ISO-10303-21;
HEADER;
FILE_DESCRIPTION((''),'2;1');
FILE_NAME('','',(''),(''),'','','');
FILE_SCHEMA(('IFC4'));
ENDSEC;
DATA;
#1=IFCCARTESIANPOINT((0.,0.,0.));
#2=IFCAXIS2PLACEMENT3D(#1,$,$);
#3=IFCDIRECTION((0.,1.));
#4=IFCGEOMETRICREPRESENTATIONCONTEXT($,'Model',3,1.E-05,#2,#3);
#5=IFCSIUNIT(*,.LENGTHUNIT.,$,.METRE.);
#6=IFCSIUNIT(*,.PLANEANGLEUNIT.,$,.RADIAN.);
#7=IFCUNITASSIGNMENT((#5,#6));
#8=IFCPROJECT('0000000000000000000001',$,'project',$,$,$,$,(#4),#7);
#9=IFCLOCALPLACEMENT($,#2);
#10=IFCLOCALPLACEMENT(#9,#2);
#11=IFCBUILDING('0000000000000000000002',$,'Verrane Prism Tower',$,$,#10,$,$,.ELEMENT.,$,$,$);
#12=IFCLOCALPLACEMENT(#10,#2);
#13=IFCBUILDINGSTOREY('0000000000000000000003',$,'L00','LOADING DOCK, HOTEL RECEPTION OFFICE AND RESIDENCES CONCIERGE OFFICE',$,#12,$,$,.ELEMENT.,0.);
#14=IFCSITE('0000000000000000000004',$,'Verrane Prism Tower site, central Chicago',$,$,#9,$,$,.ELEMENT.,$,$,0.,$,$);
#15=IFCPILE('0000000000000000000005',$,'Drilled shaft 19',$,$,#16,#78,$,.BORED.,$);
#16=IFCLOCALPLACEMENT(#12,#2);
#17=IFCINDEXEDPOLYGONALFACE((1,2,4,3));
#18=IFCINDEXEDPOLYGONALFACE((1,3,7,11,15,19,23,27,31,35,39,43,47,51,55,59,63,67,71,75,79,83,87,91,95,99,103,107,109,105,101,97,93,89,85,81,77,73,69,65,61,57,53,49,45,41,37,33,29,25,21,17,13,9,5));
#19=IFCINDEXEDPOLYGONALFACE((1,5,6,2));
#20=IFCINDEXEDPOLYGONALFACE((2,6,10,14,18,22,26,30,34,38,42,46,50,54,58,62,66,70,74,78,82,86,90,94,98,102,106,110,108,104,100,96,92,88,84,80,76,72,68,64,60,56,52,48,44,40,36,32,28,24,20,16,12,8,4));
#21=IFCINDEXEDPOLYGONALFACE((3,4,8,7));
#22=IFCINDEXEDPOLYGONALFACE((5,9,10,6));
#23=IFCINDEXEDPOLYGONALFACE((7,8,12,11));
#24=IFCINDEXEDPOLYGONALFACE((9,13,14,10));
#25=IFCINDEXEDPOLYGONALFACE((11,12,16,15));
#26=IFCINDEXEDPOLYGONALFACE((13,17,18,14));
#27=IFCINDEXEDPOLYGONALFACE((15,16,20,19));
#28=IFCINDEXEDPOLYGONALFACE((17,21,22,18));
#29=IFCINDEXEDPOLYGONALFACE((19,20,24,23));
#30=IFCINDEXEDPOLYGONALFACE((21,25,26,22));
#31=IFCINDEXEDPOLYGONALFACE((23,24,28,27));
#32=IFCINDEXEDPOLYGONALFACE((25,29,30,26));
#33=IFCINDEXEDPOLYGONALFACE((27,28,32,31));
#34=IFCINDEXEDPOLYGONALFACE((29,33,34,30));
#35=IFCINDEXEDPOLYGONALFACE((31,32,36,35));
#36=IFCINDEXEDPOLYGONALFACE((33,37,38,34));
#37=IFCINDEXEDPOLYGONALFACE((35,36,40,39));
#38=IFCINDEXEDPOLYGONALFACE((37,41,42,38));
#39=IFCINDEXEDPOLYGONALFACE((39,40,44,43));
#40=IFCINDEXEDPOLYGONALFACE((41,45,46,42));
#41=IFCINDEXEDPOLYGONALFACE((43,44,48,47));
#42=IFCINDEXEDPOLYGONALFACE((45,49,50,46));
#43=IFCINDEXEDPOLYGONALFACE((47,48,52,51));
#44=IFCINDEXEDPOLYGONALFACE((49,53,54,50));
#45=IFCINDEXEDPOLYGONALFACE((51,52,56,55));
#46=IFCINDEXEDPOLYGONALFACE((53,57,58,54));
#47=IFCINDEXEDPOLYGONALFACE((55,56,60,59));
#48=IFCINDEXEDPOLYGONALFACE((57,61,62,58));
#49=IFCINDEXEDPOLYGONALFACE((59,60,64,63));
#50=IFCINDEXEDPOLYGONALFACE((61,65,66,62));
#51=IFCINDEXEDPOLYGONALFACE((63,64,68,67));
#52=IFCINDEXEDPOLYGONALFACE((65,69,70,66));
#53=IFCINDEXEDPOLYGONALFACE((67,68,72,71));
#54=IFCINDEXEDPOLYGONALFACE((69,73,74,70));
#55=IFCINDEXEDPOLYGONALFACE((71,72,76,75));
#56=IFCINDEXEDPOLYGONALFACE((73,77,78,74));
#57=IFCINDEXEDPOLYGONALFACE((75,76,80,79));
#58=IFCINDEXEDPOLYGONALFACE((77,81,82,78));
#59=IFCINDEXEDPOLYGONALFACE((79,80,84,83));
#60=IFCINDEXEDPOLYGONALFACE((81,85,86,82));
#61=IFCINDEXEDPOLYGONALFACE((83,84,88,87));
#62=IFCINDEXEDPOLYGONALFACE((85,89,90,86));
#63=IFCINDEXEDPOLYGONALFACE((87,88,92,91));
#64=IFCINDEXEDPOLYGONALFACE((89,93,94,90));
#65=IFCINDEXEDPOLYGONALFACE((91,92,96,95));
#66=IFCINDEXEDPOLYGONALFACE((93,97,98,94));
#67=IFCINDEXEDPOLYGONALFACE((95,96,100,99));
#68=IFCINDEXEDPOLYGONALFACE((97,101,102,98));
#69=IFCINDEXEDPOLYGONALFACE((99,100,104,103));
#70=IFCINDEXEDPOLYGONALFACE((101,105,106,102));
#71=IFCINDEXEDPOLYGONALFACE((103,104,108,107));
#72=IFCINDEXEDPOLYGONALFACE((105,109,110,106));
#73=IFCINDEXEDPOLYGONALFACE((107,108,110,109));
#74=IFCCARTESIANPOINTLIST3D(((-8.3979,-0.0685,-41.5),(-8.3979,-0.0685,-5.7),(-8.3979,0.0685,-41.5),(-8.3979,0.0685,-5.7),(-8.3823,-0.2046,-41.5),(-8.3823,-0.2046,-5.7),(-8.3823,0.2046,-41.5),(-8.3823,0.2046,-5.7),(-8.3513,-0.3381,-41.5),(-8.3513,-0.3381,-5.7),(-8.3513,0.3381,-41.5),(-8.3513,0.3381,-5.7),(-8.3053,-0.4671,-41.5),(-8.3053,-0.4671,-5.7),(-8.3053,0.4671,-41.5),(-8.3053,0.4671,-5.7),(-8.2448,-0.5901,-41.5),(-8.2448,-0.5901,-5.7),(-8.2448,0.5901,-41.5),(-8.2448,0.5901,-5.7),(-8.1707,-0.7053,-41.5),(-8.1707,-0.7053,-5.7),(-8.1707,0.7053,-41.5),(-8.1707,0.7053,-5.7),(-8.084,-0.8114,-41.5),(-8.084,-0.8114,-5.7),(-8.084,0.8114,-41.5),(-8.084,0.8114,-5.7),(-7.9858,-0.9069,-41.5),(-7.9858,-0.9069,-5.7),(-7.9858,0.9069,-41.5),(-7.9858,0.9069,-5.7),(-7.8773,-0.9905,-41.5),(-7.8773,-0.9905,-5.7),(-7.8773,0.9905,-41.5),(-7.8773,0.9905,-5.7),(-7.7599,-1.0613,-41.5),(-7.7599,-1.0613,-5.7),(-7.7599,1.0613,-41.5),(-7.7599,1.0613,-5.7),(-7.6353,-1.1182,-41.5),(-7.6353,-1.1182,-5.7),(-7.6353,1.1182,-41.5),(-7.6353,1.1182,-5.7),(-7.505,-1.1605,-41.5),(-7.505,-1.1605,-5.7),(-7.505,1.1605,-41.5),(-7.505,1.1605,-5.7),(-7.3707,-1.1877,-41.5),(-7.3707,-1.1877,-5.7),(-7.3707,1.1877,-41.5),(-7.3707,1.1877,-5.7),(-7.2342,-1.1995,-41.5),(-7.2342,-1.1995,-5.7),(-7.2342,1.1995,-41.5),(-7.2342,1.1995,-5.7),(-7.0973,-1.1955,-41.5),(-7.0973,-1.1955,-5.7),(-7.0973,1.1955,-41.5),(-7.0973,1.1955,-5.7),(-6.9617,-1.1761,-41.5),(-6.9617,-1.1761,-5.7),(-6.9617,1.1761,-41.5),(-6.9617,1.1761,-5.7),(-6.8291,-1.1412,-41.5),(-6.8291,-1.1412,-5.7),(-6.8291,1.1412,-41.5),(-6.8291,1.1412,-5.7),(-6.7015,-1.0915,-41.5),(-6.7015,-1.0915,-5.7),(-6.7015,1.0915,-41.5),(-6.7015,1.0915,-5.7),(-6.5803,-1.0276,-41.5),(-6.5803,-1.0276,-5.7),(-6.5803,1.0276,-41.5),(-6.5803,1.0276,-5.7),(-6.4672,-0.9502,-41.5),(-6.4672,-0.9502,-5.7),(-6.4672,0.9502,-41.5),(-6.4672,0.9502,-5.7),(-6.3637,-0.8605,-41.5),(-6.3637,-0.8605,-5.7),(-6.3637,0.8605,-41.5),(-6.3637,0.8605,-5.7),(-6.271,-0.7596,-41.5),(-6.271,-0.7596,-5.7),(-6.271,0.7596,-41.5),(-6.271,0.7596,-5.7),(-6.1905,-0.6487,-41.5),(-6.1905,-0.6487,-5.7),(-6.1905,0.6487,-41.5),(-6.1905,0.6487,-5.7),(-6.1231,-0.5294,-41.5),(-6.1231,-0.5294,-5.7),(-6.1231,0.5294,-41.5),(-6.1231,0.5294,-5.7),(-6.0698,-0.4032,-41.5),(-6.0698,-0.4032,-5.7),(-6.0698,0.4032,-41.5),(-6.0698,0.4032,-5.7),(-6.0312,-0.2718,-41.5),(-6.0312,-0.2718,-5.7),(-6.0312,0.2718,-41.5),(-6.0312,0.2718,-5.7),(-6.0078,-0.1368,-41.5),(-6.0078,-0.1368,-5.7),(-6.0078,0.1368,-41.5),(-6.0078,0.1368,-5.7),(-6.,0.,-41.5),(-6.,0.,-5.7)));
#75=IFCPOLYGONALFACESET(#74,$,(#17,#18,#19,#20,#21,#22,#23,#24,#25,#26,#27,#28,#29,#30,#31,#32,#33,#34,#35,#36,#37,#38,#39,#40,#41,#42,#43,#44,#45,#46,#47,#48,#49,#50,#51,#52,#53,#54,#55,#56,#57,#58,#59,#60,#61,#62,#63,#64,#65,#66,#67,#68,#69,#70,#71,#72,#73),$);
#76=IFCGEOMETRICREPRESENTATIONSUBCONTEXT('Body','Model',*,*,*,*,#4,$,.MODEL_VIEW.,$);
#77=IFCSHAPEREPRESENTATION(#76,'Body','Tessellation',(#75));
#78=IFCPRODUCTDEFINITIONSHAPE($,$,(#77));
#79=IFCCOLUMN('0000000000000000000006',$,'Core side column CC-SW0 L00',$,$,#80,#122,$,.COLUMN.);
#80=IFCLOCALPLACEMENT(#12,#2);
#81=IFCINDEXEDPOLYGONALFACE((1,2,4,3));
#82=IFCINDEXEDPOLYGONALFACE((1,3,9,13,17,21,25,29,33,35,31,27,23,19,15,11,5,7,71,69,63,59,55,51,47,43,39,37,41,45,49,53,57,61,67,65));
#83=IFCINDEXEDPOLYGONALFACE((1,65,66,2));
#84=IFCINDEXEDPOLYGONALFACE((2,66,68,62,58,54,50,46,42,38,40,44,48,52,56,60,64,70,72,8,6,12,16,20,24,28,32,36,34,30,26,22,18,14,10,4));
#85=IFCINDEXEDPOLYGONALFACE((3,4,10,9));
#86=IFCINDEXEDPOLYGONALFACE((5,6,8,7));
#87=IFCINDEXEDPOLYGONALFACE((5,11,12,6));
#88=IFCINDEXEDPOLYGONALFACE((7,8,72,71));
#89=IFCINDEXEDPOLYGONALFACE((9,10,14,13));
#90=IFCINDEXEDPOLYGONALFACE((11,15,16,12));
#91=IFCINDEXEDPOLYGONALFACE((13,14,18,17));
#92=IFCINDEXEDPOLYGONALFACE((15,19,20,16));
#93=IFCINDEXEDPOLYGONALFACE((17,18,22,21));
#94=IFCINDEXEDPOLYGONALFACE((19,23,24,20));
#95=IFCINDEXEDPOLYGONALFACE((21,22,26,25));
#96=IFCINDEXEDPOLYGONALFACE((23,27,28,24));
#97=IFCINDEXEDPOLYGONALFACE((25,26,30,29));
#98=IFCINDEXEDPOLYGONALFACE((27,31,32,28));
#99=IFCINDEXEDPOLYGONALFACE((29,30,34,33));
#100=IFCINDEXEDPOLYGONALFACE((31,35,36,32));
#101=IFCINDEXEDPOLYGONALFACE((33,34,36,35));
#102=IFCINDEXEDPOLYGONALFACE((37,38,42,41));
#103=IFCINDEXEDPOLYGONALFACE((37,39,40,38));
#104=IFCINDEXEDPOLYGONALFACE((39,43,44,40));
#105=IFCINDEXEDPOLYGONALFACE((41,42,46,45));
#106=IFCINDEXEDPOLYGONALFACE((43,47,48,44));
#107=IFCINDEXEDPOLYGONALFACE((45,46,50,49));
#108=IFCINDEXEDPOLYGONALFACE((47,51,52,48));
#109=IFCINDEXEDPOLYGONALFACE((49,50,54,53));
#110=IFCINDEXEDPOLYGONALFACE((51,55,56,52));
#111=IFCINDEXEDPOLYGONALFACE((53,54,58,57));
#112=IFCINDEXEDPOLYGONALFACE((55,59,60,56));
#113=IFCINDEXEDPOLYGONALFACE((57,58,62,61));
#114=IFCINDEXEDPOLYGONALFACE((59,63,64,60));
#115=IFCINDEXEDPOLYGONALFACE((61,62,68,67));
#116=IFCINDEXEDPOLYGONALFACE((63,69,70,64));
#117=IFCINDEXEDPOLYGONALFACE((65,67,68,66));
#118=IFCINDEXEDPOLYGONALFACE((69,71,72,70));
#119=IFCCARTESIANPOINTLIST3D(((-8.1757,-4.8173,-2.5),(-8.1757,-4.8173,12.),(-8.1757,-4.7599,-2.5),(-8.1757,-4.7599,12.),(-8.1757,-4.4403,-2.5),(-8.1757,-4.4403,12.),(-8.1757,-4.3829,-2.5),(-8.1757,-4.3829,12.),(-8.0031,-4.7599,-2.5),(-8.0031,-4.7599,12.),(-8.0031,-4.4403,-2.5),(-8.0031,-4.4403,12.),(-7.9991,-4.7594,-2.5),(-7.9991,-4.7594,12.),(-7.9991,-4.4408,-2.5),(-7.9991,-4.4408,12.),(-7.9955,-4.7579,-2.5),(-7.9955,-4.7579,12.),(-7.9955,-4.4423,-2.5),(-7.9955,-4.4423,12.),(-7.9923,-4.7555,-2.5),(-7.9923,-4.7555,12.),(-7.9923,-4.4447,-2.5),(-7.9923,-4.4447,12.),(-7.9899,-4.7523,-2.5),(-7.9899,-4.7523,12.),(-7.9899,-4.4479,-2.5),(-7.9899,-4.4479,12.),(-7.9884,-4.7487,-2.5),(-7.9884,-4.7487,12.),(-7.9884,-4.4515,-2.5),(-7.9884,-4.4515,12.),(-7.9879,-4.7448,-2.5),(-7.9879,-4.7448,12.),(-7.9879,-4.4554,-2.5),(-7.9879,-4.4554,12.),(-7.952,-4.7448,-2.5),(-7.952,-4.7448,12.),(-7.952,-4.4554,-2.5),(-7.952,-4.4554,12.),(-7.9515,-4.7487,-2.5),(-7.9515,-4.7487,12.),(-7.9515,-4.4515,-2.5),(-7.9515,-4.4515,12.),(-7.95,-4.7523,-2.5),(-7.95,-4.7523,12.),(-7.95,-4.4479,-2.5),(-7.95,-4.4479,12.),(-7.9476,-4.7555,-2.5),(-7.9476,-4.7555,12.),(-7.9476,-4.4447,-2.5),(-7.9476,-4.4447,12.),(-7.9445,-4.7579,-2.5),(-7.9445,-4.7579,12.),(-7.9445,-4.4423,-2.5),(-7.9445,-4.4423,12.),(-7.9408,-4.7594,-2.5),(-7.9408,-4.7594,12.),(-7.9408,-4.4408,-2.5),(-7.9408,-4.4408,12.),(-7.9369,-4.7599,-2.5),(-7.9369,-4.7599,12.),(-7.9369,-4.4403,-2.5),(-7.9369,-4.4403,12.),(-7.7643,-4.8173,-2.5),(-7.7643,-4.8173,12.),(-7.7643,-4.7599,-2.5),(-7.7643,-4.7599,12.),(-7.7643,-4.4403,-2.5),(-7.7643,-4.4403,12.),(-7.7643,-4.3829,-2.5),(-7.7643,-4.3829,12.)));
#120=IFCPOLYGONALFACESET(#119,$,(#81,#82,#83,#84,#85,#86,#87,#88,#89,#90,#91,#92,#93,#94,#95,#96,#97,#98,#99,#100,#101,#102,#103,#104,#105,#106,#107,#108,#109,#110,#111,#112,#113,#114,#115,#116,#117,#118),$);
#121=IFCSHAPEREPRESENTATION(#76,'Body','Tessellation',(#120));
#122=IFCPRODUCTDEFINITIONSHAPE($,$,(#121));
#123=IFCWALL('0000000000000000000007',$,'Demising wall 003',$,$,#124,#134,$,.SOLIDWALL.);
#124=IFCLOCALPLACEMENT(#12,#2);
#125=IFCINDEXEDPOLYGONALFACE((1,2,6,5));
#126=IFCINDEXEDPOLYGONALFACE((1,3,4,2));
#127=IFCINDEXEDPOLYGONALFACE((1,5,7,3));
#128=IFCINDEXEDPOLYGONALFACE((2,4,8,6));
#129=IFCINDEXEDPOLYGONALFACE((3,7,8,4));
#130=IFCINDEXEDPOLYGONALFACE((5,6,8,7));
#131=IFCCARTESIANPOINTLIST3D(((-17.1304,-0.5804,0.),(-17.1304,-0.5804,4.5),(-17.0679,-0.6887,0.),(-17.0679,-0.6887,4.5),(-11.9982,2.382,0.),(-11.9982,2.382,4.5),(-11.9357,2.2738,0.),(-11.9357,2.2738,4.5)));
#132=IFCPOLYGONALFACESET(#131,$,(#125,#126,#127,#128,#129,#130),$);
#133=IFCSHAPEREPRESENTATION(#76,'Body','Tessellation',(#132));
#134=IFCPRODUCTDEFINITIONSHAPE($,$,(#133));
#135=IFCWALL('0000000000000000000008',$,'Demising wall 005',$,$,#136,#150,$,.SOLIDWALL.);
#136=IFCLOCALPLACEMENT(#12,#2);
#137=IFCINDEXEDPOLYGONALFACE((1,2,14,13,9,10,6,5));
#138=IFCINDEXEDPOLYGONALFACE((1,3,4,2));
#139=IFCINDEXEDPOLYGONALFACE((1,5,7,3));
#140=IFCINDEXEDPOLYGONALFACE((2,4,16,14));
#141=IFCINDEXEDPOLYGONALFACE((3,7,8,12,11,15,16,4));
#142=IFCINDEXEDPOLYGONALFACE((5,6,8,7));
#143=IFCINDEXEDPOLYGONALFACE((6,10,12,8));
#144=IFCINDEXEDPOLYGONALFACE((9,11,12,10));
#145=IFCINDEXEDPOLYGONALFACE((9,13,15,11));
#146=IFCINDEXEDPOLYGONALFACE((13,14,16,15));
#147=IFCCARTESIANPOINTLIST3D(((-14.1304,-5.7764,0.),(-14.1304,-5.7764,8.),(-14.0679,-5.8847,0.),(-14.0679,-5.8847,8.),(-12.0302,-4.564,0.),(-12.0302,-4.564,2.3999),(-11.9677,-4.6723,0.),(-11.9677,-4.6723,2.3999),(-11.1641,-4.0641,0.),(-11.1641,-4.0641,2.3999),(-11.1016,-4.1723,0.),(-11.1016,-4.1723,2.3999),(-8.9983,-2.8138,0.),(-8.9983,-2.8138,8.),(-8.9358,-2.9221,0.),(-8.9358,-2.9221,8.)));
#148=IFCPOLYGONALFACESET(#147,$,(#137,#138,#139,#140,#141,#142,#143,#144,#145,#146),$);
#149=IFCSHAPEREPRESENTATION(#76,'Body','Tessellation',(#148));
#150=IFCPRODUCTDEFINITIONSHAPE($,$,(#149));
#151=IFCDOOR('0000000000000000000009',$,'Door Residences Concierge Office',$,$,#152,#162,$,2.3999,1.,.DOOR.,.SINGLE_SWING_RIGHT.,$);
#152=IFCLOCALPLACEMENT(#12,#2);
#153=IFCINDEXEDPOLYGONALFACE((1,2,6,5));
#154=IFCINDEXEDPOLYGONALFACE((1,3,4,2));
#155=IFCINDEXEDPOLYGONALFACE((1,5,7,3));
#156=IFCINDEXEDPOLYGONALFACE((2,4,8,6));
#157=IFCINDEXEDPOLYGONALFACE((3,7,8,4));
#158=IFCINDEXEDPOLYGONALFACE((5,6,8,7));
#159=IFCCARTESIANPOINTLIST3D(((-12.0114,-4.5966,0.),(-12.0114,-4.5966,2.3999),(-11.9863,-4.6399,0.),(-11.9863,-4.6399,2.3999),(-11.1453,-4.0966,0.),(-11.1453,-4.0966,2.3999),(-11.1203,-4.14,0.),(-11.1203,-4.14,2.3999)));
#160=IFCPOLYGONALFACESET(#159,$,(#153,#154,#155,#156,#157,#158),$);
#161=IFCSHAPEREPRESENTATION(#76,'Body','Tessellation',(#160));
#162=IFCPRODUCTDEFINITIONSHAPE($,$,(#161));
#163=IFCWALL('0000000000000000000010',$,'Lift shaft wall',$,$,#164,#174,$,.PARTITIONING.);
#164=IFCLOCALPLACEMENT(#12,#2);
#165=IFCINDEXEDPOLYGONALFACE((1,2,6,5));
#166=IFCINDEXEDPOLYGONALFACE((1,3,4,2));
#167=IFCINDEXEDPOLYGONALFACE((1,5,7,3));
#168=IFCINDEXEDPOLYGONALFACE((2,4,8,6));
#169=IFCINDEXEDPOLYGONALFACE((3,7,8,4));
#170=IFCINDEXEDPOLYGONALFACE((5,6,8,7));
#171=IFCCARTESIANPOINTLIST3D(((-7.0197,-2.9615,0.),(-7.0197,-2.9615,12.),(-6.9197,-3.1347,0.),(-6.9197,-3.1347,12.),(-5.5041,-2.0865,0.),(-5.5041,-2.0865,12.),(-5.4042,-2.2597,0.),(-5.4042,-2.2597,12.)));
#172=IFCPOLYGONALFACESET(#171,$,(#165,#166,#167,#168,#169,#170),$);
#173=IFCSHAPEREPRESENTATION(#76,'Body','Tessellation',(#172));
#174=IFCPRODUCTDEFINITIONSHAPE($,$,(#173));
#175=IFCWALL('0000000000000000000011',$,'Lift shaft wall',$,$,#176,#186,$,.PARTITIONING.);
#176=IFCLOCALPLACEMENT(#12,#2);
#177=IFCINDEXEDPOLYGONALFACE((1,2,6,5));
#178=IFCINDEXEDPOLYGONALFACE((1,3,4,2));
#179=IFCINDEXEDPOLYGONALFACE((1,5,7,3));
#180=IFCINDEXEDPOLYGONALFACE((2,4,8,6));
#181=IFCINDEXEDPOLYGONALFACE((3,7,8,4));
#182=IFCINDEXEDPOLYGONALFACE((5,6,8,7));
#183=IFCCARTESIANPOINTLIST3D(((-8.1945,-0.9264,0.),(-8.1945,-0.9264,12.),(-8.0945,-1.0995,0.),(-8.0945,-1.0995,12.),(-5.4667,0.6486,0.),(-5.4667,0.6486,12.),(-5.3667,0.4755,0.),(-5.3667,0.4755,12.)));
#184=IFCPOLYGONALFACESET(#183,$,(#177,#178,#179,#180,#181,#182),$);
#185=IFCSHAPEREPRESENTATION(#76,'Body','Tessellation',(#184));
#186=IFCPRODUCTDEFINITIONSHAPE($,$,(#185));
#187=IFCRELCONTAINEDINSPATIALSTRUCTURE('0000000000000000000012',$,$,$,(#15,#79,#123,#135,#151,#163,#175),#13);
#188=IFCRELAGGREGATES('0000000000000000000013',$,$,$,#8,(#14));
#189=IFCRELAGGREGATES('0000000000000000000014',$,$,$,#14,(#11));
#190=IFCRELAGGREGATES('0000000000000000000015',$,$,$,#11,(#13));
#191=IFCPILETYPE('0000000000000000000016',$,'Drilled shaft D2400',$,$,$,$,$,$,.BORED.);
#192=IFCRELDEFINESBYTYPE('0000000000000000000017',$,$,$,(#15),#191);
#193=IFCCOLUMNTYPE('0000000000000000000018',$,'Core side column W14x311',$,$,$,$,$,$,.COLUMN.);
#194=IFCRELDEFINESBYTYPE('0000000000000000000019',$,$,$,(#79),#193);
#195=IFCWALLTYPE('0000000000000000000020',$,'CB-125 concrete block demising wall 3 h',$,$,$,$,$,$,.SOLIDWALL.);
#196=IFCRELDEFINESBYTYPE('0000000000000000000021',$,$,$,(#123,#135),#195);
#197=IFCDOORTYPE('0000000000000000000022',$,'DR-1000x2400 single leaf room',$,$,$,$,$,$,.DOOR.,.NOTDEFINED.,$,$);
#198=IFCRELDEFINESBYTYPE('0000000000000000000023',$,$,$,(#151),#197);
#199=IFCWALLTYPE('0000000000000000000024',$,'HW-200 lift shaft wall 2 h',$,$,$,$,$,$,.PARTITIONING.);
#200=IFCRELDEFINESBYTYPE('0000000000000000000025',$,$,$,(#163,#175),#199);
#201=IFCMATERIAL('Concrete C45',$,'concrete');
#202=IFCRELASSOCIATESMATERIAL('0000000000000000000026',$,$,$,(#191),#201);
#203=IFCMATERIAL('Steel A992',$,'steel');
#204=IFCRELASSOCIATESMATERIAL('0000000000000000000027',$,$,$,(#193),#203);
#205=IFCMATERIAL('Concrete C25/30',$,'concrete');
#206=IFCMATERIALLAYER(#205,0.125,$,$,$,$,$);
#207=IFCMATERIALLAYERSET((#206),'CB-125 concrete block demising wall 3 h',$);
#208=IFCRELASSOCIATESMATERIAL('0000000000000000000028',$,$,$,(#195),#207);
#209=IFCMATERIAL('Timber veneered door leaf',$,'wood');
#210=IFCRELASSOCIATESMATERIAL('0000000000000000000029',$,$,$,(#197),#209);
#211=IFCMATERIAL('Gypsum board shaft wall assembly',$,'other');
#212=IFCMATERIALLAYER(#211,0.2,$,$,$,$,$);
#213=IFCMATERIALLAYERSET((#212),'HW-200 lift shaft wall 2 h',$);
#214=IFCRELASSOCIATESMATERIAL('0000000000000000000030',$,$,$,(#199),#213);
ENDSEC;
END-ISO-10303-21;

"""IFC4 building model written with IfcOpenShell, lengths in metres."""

from ifc_helpers import new_model, si_unit, direction, frame, frame_2d, origin, origin_2d, place, context, subcontext, project, spatial, rectangle, circle, i_section, extrude, material, layer, layer_set, material_profile, profile_set, type_object, element, fill, save


model = new_model("IFC4")

# Units and contexts
model_context = context("Model", 3, precision=1e-05, world=origin(), true_north=direction((0.0, 1.0)))
body_context = subcontext(model_context, "Body", "Model", "MODEL_VIEW")
ifc_project = project(units=[si_unit("LENGTHUNIT", "METRE"), si_unit("PLANEANGLEUNIT", "RADIAN")], contexts=[model_context])

# Site, building, storey
site_placement = place(None, origin())
site = spatial("IfcSite", under=ifc_project, at=site_placement, Name="Verrane Prism Tower site, central Chicago", CompositionType="ELEMENT", RefElevation=0.0)
building_placement = place(site_placement, origin())
building = spatial("IfcBuilding", under=site, at=building_placement, Name="Verrane Prism Tower", CompositionType="ELEMENT")
storey_placement = place(building_placement, origin())
storey = spatial("IfcBuildingStorey", under=building, at=storey_placement, Name="L00", Description="LOADING DOCK, HOTEL RECEPTION OFFICE AND RESIDENCES CONCIERGE OFFICE", CompositionType="ELEMENT", Elevation=0.0)

# Pile
ifc_material_1 = material(Name="Concrete C45", Category="concrete")
pile_type = type_object("IfcPileType", Name="Drilled shaft D2400", PredefinedType="BORED", material=ifc_material_1)
for number, where, z_axis, x_axis, name in (
    (1, (-7.2, 0.0, -5.7), (0.0, 0.0, -1.0), (1.0, 0.0, 0.0), "Drilled shaft 19"),
):
    element("IfcPile", number, at=place(storey_placement, frame(where, z_axis=z_axis, x_axis=x_axis)), inside=storey, type_object=pile_type, Name=name, PredefinedType="BORED", context=body_context, shape_type="SweptSolid", body=[
        extrude(circle(Radius=1.2, at=origin_2d()), origin(), (0.0, 0.0, 1.0), 35.8),
    ])

# Column
ifc_material_2 = material(Name="Steel A992", Category="steel")
ifc_material_profile = material_profile(ifc_material_2, i_section(OverallWidth=0.4114, OverallDepth=0.4343, WebThickness=0.0359, FlangeThickness=0.0574, FilletRadius=0.0151, at=origin_2d()), Name="W14x311")
ifc_profile_set = profile_set([ifc_material_profile], Name="Steel A992")
column_type = type_object("IfcColumnType", Name="Core side column W14x311", PredefinedType="COLUMN", material=ifc_profile_set)
column_placement = place(storey_placement, frame((-7.97, -4.6001, -2.5), z_axis=(0.0, 0.0, 1.0), x_axis=(1.0, 0.0, 0.0)))
element("IfcColumn", 2, at=column_placement, inside=storey, type_object=column_type, Name="Core side column CC-SW0 L00", PredefinedType="COLUMN", context=body_context, shape_type="SweptSolid", body=[
    extrude(i_section(OverallWidth=0.4114, OverallDepth=0.4343, WebThickness=0.0359, FlangeThickness=0.0574, FilletRadius=0.0151, at=origin_2d()), origin(), (0.0, 0.0, 1.0), 14.5),
])

# Wall
ifc_material_3 = material(Name="Concrete C25/30", Category="concrete")
ifc_layer_1 = layer(ifc_material_3, 0.125)
ifc_layer_set_1 = layer_set([ifc_layer_1], Name="CB-125 concrete block demising wall 3 h")
wall_type_1 = type_object("IfcWallType", Name="CB-125 concrete block demising wall 3 h", PredefinedType="SOLIDWALL", material=ifc_layer_set_1)
wall_1_placement = place(storey_placement, frame((-17.0991, -0.6345, 0.0), z_axis=(0.0, 0.0, 1.0), x_axis=(0.86607, 0.499923, 0.0)))
element("IfcWall", 3, at=wall_1_placement, inside=storey, type_object=wall_type_1, Name="Demising wall 003", PredefinedType="SOLIDWALL", context=body_context, shape_type="SweptSolid", body=[
    extrude(rectangle(XDim=5.9258, YDim=0.125, at=frame_2d((2.9629, 0.0))), origin(), (0.0, 0.0, 1.0), 4.5),
])

# Wall, opening, door
wall_2_placement = place(storey_placement, frame((-14.0991, -5.8306, 0.0), z_axis=(0.0, 0.0, 1.0), x_axis=(0.866052, 0.499954, 0.0)))
wall_2 = element("IfcWall", 4, at=wall_2_placement, inside=storey, type_object=wall_type_1, Name="Demising wall 005", PredefinedType="SOLIDWALL", context=body_context, shape_type="SweptSolid", body=[
    extrude(rectangle(XDim=5.9258, YDim=0.125, at=frame_2d((2.9629, 0.0))), origin(), (0.0, 0.0, 1.0), 8.0),
])
opening_1_placement = place(wall_2_placement, frame((2.425, 0.0, 0.0)))
opening_1 = element("IfcOpeningElement", 5, at=opening_1_placement, cuts=wall_2, PredefinedType="OPENING", context=body_context, shape_type="SweptSolid", body=[
    extrude(rectangle(XDim=1.0, YDim=2.3999, at=frame_2d((0.5, 1.2))), frame((0.0, 0.0725, 0.0), z_axis=(0.0, -1.0, 0.0), x_axis=(1.0, 0.0, 0.0)), (0.0, 0.0, 1.0), 0.145),
])
ifc_material_4 = material(Name="Timber veneered door leaf", Category="wood")
door_type_1 = type_object("IfcDoorType", Name="DR-1000x2400 single leaf room", OperationType="NOTDEFINED", PredefinedType="DOOR", material=ifc_material_4)
door_1_placement = place(opening_1_placement, origin())
door_1 = element("IfcDoor", 6, at=door_1_placement, inside=storey, type_object=door_type_1, Name="Door Residences Concierge Office", OperationType="SINGLE_SWING_RIGHT", OverallHeight=2.3999, OverallWidth=1.0, PredefinedType="DOOR", context=body_context, shape_type="SweptSolid", body=[
    extrude(rectangle(XDim=1.0, YDim=2.3999, at=frame_2d((0.5, 1.2))), frame((0.0, 0.0249, 0.0), z_axis=(0.0, -1.0, 0.0), x_axis=(1.0, 0.0, 0.0)), (0.0, 0.0, 1.0), 0.05),
])
fill(opening_1, door_1)

# Walls
ifc_material_5 = material(Name="Gypsum board shaft wall assembly", Category="other")
ifc_layer_2 = layer(ifc_material_5, 0.2)
ifc_layer_set_2 = layer_set([ifc_layer_2], Name="HW-200 lift shaft wall 2 h")
wall_type_2 = type_object("IfcWallType", Name="HW-200 lift shaft wall 2 h", PredefinedType="PARTITIONING", material=ifc_layer_set_2)
wall_3_placement = place(storey_placement, frame((-6.9697, -3.0481, 0.0), z_axis=(0.0, 0.0, 1.0), x_axis=(0.866037, 0.49998, 0.0)))
element("IfcWall", 7, at=wall_3_placement, inside=storey, type_object=wall_type_2, Name="Lift shaft wall", PredefinedType="PARTITIONING", context=body_context, shape_type="SweptSolid", body=[
    extrude(rectangle(XDim=1.75, YDim=0.2, at=frame_2d((0.875, 0.0))), origin(), (0.0, 0.0, 1.0), 12.0),
])
wall_4_placement = place(storey_placement, frame((-8.1445, -1.0129, 0.0), z_axis=(0.0, 0.0, 1.0), x_axis=(0.866016, 0.500015, 0.0)))
element("IfcWall", 8, at=wall_4_placement, inside=storey, type_object=wall_type_2, Name="Lift shaft wall", PredefinedType="PARTITIONING", context=body_context, shape_type="SweptSolid", body=[
    extrude(rectangle(XDim=3.1499, YDim=0.2, at=frame_2d((1.575, 0.0))), origin(), (0.0, 0.0, 1.0), 12.0),
])

save(model, "model.ifc")
